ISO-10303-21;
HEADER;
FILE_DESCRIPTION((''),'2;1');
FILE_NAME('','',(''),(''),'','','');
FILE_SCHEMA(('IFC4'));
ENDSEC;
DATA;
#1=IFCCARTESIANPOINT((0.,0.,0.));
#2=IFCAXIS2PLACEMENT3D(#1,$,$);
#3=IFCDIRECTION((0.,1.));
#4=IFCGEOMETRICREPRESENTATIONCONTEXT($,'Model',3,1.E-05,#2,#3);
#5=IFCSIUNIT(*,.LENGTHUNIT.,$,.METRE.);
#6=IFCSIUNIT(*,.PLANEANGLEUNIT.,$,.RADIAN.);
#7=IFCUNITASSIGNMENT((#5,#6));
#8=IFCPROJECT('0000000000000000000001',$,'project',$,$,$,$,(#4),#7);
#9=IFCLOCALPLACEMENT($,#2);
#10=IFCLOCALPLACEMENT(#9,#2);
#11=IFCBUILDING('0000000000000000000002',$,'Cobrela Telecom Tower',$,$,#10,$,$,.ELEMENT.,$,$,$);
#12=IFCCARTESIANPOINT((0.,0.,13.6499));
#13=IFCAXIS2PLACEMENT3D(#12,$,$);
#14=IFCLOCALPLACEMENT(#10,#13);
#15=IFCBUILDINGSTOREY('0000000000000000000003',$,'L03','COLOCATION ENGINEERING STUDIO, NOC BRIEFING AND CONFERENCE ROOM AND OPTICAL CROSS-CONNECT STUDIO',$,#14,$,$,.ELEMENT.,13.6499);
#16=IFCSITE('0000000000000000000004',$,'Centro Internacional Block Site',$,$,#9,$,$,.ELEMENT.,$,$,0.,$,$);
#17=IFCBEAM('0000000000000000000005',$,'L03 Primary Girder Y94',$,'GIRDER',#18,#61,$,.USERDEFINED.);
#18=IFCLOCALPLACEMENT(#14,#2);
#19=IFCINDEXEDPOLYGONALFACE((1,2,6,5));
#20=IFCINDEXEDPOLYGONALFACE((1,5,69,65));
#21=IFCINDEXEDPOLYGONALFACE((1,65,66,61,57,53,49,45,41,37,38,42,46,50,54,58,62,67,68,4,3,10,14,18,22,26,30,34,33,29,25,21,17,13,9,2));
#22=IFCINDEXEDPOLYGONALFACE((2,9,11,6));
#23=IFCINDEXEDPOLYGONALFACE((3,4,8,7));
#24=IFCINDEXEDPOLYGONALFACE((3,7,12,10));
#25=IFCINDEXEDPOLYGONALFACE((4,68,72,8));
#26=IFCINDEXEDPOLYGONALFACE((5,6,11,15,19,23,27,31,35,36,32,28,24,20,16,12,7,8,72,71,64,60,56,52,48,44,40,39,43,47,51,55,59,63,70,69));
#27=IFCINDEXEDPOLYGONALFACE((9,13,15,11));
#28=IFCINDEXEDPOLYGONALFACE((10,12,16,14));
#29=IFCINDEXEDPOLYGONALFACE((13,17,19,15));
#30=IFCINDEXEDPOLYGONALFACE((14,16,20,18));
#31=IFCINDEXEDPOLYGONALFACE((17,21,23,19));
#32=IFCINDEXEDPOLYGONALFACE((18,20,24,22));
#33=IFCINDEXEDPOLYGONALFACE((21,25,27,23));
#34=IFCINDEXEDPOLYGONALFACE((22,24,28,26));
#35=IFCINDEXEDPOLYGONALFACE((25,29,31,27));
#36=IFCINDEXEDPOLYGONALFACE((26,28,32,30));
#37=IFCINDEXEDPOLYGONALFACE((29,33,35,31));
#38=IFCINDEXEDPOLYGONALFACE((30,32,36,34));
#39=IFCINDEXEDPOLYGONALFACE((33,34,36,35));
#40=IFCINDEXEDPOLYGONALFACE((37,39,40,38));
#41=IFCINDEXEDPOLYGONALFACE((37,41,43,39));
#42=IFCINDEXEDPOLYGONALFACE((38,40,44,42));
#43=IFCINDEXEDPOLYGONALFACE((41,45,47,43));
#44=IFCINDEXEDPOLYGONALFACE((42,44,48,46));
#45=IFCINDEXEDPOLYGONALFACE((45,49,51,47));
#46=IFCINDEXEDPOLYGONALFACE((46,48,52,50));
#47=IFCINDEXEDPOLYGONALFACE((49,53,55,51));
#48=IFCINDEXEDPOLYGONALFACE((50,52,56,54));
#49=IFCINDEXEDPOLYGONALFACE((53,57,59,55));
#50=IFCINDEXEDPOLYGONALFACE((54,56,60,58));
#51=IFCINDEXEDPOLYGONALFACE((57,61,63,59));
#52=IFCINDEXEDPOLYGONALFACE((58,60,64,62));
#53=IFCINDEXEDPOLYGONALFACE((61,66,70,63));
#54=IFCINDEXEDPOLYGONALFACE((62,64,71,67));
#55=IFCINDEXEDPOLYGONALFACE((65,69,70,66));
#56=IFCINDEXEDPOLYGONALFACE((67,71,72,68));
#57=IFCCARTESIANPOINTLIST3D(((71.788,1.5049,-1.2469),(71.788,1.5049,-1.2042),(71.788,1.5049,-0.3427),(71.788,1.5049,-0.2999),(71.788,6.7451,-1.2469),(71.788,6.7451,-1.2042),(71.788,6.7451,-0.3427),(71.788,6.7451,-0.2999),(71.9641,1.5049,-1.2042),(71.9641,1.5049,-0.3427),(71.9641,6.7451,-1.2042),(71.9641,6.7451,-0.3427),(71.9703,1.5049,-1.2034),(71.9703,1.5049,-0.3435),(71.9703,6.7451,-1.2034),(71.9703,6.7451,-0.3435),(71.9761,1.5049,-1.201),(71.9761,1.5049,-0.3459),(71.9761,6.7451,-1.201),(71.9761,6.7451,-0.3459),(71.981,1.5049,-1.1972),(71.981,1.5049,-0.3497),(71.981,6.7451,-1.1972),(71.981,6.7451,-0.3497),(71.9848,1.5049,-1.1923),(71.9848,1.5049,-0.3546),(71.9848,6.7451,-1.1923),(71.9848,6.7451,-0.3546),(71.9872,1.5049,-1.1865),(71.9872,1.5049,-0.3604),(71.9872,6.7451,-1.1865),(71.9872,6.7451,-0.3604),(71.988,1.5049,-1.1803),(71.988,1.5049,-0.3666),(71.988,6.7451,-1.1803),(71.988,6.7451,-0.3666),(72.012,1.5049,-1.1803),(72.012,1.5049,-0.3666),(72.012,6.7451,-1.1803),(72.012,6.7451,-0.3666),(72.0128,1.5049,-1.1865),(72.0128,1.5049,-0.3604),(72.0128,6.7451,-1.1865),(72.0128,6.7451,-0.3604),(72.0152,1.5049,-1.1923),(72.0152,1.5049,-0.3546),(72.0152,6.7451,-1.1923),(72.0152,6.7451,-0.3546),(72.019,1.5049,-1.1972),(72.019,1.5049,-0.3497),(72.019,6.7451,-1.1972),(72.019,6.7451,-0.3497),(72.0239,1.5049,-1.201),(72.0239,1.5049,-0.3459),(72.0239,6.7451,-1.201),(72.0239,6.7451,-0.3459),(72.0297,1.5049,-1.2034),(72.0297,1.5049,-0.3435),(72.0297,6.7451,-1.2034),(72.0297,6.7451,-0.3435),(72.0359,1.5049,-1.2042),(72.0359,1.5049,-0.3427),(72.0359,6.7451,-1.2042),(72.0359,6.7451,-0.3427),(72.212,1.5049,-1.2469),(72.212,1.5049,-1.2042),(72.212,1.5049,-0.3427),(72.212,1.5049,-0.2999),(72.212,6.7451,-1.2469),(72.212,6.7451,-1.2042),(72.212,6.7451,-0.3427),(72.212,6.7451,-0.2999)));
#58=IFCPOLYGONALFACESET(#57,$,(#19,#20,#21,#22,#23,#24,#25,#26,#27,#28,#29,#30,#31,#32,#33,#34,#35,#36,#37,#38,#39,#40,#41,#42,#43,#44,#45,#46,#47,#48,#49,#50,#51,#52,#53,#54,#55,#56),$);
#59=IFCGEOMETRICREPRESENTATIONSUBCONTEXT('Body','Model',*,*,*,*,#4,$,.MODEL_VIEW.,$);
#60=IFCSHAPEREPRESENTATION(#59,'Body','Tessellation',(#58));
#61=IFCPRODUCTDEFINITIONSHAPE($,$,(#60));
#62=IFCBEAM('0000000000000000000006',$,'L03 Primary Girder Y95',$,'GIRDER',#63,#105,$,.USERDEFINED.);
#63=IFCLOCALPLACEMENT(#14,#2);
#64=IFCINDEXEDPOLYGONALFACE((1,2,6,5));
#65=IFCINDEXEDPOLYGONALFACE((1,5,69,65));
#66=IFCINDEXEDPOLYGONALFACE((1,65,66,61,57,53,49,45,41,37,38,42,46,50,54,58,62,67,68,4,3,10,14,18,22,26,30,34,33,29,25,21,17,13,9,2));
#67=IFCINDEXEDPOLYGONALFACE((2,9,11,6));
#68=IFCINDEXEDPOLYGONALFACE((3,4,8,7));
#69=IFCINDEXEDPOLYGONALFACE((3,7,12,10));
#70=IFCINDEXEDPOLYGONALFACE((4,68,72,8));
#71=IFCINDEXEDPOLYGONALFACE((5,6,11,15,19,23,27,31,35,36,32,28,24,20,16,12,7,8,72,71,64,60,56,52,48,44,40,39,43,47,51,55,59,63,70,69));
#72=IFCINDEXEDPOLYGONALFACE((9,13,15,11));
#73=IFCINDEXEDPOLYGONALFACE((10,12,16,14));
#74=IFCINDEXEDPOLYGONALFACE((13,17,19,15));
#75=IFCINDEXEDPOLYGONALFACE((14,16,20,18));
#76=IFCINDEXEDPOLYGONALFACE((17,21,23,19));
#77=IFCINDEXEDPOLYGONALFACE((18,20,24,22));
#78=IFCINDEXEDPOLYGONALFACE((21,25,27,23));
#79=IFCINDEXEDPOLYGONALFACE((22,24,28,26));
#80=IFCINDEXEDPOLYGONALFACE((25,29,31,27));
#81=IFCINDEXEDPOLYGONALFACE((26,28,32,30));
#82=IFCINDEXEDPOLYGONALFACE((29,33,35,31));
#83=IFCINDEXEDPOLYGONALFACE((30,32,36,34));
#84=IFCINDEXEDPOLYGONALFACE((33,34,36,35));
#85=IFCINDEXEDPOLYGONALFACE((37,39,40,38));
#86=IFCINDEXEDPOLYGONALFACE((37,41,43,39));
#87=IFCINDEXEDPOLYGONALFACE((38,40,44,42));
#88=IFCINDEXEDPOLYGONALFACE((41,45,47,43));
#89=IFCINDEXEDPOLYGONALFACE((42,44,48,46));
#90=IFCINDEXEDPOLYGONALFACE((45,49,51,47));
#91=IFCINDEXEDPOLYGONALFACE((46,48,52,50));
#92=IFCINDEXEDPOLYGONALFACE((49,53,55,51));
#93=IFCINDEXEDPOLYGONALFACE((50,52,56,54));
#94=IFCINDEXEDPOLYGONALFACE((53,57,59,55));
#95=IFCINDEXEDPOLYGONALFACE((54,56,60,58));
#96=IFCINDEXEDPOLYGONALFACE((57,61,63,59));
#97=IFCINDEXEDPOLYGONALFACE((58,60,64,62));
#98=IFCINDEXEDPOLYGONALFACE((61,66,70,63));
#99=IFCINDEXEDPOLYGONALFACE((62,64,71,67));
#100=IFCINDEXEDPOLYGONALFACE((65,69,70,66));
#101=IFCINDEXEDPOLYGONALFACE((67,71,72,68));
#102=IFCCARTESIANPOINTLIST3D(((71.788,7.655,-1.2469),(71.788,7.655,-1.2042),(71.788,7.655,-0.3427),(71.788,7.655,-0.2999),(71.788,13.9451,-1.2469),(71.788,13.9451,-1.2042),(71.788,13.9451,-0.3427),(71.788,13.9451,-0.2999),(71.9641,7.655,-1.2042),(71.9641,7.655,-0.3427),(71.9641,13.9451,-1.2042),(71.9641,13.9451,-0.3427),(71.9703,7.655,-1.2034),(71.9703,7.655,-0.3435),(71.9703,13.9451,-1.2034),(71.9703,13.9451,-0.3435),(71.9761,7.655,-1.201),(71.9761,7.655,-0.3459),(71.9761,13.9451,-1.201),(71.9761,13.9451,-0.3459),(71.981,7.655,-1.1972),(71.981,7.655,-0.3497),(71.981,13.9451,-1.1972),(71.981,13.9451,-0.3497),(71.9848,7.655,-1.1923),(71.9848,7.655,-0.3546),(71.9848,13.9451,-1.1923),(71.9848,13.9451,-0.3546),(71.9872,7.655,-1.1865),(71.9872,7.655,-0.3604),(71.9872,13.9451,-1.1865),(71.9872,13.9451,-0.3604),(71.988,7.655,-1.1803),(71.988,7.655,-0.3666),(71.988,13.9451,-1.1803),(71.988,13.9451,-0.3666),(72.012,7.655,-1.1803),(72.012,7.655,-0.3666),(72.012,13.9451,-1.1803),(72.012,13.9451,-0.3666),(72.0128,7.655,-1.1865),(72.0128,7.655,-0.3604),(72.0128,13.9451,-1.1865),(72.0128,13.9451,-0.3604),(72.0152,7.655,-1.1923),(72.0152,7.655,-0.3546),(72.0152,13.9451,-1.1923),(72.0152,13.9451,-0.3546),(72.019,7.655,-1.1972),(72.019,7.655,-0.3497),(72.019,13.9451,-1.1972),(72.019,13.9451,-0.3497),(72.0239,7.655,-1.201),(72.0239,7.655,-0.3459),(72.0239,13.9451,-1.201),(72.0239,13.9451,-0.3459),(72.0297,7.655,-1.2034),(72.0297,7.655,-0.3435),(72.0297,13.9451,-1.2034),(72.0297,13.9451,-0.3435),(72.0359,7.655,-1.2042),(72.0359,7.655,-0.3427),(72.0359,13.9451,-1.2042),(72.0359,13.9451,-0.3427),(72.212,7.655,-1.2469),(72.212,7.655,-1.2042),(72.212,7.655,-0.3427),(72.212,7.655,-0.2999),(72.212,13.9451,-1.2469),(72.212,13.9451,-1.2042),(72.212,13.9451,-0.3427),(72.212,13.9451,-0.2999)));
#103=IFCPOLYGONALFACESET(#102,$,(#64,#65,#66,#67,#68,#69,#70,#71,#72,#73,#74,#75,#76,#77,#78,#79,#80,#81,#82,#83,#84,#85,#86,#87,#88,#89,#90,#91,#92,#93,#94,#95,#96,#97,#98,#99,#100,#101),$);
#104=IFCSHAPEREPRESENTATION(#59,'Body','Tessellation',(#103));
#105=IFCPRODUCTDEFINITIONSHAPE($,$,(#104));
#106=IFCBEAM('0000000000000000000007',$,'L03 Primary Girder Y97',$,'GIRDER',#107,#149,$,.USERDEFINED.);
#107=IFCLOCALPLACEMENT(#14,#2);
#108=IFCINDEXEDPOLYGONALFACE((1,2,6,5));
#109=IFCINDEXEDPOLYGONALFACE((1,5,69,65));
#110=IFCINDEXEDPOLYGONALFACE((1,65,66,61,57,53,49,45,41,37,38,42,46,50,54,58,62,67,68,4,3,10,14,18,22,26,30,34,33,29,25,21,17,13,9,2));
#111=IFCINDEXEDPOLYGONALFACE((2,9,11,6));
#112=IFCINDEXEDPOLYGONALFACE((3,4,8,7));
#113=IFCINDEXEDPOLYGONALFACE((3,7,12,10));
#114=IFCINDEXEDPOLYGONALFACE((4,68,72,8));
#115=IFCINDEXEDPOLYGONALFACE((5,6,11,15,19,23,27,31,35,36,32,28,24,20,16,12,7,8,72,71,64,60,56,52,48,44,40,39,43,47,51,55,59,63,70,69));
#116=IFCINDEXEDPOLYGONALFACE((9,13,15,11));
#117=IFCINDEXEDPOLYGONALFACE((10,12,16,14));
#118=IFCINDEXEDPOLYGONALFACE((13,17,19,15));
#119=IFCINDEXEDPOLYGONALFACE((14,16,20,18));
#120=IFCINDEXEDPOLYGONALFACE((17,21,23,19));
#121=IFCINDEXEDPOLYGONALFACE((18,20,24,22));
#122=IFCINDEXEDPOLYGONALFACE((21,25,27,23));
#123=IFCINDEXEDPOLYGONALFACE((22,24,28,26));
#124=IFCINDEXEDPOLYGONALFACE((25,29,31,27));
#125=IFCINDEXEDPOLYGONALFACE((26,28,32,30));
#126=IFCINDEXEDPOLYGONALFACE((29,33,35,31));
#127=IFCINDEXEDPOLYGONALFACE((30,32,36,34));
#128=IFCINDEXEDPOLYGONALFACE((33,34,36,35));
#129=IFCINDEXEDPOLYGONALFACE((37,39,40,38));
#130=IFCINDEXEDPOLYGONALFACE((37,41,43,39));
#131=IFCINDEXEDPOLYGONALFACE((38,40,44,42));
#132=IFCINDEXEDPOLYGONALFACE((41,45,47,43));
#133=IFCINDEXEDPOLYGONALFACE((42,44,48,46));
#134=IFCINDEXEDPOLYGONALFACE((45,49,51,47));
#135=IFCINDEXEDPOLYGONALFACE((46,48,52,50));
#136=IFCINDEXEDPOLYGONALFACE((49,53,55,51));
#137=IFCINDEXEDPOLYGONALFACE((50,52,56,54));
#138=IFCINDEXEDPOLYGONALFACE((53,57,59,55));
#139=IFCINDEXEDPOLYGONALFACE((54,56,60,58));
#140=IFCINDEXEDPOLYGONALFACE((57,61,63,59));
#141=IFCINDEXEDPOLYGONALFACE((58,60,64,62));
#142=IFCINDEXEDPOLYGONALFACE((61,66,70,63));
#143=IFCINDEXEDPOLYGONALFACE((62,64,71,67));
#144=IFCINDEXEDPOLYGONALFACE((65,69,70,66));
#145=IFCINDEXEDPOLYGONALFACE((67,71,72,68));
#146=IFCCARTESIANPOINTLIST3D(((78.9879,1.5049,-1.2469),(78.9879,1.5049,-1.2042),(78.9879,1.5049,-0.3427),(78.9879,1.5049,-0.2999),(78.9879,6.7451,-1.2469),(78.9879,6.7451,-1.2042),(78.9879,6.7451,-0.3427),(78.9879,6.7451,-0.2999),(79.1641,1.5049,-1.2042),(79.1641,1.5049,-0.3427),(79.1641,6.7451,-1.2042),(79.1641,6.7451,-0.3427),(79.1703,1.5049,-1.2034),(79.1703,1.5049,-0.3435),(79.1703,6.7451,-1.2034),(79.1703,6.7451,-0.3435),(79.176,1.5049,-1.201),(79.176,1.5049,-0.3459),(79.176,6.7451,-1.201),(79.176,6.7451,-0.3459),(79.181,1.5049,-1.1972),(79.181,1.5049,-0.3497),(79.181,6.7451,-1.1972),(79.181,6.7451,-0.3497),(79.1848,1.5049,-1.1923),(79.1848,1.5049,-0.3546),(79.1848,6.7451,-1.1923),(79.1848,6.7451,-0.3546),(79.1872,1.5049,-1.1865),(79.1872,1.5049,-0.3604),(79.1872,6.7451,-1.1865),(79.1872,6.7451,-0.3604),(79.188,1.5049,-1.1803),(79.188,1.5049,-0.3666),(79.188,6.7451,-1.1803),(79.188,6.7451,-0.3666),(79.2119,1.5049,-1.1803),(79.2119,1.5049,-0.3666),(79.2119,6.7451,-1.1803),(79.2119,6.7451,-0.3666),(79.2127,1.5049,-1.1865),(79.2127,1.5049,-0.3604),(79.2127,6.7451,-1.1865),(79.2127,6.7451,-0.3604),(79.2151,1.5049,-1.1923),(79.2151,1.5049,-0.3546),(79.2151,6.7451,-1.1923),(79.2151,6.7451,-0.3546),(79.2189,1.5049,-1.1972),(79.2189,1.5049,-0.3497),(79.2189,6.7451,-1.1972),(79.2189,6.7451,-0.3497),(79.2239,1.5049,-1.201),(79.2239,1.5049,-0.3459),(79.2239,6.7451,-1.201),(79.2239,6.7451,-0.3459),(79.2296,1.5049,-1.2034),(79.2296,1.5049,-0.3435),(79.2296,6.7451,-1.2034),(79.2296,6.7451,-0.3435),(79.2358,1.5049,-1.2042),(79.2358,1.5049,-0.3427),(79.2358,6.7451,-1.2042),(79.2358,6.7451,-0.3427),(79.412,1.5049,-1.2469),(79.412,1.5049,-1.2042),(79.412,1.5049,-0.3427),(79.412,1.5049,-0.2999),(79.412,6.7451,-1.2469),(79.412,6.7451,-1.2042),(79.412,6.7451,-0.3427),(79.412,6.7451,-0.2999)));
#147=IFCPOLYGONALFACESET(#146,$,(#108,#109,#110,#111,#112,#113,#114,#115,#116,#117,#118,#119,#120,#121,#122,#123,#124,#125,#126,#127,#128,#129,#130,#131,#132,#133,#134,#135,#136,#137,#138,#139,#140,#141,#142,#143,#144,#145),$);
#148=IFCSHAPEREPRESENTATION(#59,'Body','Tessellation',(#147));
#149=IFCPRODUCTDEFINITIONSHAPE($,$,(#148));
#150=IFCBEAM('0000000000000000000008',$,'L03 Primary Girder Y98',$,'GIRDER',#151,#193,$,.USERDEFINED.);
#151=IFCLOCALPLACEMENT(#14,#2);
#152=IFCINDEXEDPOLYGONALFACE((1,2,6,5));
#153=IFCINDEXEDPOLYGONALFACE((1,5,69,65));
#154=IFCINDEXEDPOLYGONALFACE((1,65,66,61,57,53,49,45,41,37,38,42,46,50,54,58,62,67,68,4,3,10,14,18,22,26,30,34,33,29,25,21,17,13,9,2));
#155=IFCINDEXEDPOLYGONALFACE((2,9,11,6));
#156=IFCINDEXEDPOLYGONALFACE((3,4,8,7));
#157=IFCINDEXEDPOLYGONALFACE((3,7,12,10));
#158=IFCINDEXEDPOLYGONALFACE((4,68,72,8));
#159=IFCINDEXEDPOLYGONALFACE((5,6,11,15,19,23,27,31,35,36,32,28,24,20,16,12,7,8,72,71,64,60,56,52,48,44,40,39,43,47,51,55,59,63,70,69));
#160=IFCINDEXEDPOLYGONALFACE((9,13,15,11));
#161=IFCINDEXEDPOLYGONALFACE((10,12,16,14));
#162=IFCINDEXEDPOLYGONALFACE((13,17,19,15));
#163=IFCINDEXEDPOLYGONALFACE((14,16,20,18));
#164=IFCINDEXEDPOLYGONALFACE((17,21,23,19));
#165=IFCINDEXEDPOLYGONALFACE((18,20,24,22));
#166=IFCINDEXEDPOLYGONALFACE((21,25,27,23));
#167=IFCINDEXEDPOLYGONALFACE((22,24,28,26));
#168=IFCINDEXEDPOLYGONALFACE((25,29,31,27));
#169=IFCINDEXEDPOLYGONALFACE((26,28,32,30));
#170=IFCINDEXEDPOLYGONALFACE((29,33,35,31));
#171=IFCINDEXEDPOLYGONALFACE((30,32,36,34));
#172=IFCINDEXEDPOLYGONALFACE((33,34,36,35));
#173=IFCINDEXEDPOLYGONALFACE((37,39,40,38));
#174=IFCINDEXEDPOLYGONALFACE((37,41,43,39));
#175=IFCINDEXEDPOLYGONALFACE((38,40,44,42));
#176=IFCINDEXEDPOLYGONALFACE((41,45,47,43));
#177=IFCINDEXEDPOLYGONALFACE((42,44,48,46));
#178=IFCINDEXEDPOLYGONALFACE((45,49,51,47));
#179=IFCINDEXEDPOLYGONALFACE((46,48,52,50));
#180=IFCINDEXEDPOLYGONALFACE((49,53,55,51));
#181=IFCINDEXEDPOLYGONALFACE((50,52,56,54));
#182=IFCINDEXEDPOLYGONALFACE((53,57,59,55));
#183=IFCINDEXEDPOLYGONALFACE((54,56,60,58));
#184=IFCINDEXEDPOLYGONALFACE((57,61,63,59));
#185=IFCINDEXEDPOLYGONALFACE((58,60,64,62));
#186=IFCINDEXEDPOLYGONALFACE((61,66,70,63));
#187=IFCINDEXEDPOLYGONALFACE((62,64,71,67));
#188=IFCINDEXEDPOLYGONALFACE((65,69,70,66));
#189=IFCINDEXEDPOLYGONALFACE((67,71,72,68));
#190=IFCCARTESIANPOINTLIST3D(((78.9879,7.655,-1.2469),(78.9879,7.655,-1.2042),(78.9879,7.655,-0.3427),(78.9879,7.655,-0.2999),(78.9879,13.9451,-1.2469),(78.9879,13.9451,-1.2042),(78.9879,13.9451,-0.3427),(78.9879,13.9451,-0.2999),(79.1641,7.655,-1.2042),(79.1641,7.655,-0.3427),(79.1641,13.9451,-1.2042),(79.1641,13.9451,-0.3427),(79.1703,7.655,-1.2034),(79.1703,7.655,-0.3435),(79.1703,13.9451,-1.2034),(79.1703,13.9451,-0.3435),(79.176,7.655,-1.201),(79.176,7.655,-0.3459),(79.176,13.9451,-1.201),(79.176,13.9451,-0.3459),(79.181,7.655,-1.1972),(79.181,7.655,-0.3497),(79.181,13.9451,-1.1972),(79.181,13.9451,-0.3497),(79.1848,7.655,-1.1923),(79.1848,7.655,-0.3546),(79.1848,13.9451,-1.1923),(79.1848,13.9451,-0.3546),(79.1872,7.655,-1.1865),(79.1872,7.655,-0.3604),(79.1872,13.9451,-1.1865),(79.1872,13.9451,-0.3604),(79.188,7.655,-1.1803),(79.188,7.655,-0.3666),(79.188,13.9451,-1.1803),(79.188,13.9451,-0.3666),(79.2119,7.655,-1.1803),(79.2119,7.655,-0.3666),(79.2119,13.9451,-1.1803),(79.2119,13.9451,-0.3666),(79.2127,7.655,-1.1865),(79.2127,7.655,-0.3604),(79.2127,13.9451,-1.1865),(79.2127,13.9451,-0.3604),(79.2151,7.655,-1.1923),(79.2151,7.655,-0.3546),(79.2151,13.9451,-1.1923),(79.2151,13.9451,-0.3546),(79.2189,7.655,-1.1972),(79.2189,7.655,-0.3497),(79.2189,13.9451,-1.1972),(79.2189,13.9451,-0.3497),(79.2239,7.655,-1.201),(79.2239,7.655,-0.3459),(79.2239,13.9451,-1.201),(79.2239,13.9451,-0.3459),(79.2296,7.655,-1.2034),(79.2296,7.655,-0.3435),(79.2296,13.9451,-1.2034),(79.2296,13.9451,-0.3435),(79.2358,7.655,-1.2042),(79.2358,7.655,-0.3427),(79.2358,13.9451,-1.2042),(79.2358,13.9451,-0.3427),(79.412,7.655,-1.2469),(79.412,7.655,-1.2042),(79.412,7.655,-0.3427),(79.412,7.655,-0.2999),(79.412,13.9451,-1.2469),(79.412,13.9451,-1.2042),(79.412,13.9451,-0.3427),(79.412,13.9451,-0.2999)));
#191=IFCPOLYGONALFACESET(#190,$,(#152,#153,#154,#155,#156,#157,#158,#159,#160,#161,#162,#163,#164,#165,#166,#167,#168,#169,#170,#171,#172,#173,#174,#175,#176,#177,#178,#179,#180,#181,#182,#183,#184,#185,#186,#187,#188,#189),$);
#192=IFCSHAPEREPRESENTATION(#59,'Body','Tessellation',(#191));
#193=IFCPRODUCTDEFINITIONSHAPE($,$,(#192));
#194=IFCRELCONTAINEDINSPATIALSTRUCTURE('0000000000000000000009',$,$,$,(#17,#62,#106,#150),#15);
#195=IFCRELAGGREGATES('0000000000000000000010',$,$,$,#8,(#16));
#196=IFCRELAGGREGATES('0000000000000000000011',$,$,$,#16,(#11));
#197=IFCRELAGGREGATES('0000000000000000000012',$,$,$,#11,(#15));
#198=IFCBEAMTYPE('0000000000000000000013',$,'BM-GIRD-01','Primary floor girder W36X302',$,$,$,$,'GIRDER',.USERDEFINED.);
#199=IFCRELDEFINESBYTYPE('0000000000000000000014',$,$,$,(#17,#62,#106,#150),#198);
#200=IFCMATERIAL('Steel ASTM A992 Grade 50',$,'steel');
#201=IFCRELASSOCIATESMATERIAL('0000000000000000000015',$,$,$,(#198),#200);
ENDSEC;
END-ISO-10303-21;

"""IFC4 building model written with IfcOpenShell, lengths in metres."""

from ifc_helpers import new_model, si_unit, direction, frame, origin, origin_2d, place, context, subcontext, project, spatial, i_section, extrude, material, material_profile, profile_set, type_object, element, save


model = new_model("IFC4")

# Units and contexts
model_context = context("Model", 3, precision=1e-05, world=origin(), true_north=direction((0.0, 1.0)))
body_context = subcontext(model_context, "Body", "Model", "MODEL_VIEW")
ifc_project = project(units=[si_unit("LENGTHUNIT", "METRE"), si_unit("PLANEANGLEUNIT", "RADIAN")], contexts=[model_context])

# Site, building, storey
site_placement = place(None, origin())
site = spatial("IfcSite", under=ifc_project, at=site_placement, Name="Centro Internacional Block Site", CompositionType="ELEMENT", RefElevation=0.0)
building_placement = place(site_placement, origin())
building = spatial("IfcBuilding", under=site, at=building_placement, Name="Cobrela Telecom Tower", CompositionType="ELEMENT")
storey_placement = place(building_placement, frame((0.0, 0.0, 13.6499)))
storey = spatial("IfcBuildingStorey", under=building, at=storey_placement, Name="L03", Description="COLOCATION ENGINEERING STUDIO, NOC BRIEFING AND CONFERENCE ROOM AND OPTICAL CROSS-CONNECT STUDIO", CompositionType="ELEMENT", Elevation=13.6499)

# Beams
ifc_material_1 = material(Name="Steel ASTM A992 Grade 50", Category="steel")
ifc_material_profile_1 = material_profile(ifc_material_1, i_section(OverallWidth=0.4241, OverallDepth=0.947, WebThickness=0.0239, FlangeThickness=0.0427, FilletRadius=0.0239, at=origin_2d()), Name="W36X302")
ifc_profile_set_1 = profile_set([ifc_material_profile_1], Name="Steel ASTM A992 Grade 50")
beam_type_1 = type_object("IfcBeamType", Name="BM-GIRD-01", Description="Primary floor girder W36X302", ElementType="GIRDER", PredefinedType="USERDEFINED", material=ifc_profile_set_1)
beam_1_placement = place(storey_placement, frame((72.0, 1.5049, -0.7734), z_axis=(0.0, 1.0, 0.0), x_axis=(-1.0, 0.0, 0.0)))
element("IfcBeam", 1, at=beam_1_placement, inside=storey, type_object=beam_type_1, Name="L03 Primary Girder Y94", ObjectType="GIRDER", PredefinedType="USERDEFINED", context=body_context, shape_type="SweptSolid", body=[
    extrude(i_section(OverallWidth=0.4241, OverallDepth=0.947, WebThickness=0.0239, FlangeThickness=0.0427, FilletRadius=0.0239, at=origin_2d()), origin(), (0.0, 0.0, 1.0), 5.2402),
])
beam_2_placement = place(storey_placement, frame((72.0, 7.655, -0.7734), z_axis=(0.0, 1.0, 0.0), x_axis=(-1.0, 0.0, 0.0)))
element("IfcBeam", 2, at=beam_2_placement, inside=storey, type_object=beam_type_1, Name="L03 Primary Girder Y95", ObjectType="GIRDER", PredefinedType="USERDEFINED", context=body_context, shape_type="SweptSolid", body=[
    extrude(i_section(OverallWidth=0.4241, OverallDepth=0.947, WebThickness=0.0239, FlangeThickness=0.0427, FilletRadius=0.0239, at=origin_2d()), origin(), (0.0, 0.0, 1.0), 6.29),
])
beam_3_placement = place(storey_placement, frame((79.2, 1.5049, -0.7734), z_axis=(0.0, 1.0, 0.0), x_axis=(-1.0, 0.0, 0.0)))
element("IfcBeam", 3, at=beam_3_placement, inside=storey, type_object=beam_type_1, Name="L03 Primary Girder Y97", ObjectType="GIRDER", PredefinedType="USERDEFINED", context=body_context, shape_type="SweptSolid", body=[
    extrude(i_section(OverallWidth=0.4241, OverallDepth=0.947, WebThickness=0.0239, FlangeThickness=0.0427, FilletRadius=0.0239, at=origin_2d()), origin(), (0.0, 0.0, 1.0), 5.2402),
])
beam_4_placement = place(storey_placement, frame((79.2, 7.655, -0.7734), z_axis=(0.0, 1.0, 0.0), x_axis=(-1.0, 0.0, 0.0)))
element("IfcBeam", 4, at=beam_4_placement, inside=storey, type_object=beam_type_1, Name="L03 Primary Girder Y98", ObjectType="GIRDER", PredefinedType="USERDEFINED", context=body_context, shape_type="SweptSolid", body=[
    extrude(i_section(OverallWidth=0.4241, OverallDepth=0.947, WebThickness=0.0239, FlangeThickness=0.0427, FilletRadius=0.0239, at=origin_2d()), origin(), (0.0, 0.0, 1.0), 6.29),
])

save(model, "model.ifc")
